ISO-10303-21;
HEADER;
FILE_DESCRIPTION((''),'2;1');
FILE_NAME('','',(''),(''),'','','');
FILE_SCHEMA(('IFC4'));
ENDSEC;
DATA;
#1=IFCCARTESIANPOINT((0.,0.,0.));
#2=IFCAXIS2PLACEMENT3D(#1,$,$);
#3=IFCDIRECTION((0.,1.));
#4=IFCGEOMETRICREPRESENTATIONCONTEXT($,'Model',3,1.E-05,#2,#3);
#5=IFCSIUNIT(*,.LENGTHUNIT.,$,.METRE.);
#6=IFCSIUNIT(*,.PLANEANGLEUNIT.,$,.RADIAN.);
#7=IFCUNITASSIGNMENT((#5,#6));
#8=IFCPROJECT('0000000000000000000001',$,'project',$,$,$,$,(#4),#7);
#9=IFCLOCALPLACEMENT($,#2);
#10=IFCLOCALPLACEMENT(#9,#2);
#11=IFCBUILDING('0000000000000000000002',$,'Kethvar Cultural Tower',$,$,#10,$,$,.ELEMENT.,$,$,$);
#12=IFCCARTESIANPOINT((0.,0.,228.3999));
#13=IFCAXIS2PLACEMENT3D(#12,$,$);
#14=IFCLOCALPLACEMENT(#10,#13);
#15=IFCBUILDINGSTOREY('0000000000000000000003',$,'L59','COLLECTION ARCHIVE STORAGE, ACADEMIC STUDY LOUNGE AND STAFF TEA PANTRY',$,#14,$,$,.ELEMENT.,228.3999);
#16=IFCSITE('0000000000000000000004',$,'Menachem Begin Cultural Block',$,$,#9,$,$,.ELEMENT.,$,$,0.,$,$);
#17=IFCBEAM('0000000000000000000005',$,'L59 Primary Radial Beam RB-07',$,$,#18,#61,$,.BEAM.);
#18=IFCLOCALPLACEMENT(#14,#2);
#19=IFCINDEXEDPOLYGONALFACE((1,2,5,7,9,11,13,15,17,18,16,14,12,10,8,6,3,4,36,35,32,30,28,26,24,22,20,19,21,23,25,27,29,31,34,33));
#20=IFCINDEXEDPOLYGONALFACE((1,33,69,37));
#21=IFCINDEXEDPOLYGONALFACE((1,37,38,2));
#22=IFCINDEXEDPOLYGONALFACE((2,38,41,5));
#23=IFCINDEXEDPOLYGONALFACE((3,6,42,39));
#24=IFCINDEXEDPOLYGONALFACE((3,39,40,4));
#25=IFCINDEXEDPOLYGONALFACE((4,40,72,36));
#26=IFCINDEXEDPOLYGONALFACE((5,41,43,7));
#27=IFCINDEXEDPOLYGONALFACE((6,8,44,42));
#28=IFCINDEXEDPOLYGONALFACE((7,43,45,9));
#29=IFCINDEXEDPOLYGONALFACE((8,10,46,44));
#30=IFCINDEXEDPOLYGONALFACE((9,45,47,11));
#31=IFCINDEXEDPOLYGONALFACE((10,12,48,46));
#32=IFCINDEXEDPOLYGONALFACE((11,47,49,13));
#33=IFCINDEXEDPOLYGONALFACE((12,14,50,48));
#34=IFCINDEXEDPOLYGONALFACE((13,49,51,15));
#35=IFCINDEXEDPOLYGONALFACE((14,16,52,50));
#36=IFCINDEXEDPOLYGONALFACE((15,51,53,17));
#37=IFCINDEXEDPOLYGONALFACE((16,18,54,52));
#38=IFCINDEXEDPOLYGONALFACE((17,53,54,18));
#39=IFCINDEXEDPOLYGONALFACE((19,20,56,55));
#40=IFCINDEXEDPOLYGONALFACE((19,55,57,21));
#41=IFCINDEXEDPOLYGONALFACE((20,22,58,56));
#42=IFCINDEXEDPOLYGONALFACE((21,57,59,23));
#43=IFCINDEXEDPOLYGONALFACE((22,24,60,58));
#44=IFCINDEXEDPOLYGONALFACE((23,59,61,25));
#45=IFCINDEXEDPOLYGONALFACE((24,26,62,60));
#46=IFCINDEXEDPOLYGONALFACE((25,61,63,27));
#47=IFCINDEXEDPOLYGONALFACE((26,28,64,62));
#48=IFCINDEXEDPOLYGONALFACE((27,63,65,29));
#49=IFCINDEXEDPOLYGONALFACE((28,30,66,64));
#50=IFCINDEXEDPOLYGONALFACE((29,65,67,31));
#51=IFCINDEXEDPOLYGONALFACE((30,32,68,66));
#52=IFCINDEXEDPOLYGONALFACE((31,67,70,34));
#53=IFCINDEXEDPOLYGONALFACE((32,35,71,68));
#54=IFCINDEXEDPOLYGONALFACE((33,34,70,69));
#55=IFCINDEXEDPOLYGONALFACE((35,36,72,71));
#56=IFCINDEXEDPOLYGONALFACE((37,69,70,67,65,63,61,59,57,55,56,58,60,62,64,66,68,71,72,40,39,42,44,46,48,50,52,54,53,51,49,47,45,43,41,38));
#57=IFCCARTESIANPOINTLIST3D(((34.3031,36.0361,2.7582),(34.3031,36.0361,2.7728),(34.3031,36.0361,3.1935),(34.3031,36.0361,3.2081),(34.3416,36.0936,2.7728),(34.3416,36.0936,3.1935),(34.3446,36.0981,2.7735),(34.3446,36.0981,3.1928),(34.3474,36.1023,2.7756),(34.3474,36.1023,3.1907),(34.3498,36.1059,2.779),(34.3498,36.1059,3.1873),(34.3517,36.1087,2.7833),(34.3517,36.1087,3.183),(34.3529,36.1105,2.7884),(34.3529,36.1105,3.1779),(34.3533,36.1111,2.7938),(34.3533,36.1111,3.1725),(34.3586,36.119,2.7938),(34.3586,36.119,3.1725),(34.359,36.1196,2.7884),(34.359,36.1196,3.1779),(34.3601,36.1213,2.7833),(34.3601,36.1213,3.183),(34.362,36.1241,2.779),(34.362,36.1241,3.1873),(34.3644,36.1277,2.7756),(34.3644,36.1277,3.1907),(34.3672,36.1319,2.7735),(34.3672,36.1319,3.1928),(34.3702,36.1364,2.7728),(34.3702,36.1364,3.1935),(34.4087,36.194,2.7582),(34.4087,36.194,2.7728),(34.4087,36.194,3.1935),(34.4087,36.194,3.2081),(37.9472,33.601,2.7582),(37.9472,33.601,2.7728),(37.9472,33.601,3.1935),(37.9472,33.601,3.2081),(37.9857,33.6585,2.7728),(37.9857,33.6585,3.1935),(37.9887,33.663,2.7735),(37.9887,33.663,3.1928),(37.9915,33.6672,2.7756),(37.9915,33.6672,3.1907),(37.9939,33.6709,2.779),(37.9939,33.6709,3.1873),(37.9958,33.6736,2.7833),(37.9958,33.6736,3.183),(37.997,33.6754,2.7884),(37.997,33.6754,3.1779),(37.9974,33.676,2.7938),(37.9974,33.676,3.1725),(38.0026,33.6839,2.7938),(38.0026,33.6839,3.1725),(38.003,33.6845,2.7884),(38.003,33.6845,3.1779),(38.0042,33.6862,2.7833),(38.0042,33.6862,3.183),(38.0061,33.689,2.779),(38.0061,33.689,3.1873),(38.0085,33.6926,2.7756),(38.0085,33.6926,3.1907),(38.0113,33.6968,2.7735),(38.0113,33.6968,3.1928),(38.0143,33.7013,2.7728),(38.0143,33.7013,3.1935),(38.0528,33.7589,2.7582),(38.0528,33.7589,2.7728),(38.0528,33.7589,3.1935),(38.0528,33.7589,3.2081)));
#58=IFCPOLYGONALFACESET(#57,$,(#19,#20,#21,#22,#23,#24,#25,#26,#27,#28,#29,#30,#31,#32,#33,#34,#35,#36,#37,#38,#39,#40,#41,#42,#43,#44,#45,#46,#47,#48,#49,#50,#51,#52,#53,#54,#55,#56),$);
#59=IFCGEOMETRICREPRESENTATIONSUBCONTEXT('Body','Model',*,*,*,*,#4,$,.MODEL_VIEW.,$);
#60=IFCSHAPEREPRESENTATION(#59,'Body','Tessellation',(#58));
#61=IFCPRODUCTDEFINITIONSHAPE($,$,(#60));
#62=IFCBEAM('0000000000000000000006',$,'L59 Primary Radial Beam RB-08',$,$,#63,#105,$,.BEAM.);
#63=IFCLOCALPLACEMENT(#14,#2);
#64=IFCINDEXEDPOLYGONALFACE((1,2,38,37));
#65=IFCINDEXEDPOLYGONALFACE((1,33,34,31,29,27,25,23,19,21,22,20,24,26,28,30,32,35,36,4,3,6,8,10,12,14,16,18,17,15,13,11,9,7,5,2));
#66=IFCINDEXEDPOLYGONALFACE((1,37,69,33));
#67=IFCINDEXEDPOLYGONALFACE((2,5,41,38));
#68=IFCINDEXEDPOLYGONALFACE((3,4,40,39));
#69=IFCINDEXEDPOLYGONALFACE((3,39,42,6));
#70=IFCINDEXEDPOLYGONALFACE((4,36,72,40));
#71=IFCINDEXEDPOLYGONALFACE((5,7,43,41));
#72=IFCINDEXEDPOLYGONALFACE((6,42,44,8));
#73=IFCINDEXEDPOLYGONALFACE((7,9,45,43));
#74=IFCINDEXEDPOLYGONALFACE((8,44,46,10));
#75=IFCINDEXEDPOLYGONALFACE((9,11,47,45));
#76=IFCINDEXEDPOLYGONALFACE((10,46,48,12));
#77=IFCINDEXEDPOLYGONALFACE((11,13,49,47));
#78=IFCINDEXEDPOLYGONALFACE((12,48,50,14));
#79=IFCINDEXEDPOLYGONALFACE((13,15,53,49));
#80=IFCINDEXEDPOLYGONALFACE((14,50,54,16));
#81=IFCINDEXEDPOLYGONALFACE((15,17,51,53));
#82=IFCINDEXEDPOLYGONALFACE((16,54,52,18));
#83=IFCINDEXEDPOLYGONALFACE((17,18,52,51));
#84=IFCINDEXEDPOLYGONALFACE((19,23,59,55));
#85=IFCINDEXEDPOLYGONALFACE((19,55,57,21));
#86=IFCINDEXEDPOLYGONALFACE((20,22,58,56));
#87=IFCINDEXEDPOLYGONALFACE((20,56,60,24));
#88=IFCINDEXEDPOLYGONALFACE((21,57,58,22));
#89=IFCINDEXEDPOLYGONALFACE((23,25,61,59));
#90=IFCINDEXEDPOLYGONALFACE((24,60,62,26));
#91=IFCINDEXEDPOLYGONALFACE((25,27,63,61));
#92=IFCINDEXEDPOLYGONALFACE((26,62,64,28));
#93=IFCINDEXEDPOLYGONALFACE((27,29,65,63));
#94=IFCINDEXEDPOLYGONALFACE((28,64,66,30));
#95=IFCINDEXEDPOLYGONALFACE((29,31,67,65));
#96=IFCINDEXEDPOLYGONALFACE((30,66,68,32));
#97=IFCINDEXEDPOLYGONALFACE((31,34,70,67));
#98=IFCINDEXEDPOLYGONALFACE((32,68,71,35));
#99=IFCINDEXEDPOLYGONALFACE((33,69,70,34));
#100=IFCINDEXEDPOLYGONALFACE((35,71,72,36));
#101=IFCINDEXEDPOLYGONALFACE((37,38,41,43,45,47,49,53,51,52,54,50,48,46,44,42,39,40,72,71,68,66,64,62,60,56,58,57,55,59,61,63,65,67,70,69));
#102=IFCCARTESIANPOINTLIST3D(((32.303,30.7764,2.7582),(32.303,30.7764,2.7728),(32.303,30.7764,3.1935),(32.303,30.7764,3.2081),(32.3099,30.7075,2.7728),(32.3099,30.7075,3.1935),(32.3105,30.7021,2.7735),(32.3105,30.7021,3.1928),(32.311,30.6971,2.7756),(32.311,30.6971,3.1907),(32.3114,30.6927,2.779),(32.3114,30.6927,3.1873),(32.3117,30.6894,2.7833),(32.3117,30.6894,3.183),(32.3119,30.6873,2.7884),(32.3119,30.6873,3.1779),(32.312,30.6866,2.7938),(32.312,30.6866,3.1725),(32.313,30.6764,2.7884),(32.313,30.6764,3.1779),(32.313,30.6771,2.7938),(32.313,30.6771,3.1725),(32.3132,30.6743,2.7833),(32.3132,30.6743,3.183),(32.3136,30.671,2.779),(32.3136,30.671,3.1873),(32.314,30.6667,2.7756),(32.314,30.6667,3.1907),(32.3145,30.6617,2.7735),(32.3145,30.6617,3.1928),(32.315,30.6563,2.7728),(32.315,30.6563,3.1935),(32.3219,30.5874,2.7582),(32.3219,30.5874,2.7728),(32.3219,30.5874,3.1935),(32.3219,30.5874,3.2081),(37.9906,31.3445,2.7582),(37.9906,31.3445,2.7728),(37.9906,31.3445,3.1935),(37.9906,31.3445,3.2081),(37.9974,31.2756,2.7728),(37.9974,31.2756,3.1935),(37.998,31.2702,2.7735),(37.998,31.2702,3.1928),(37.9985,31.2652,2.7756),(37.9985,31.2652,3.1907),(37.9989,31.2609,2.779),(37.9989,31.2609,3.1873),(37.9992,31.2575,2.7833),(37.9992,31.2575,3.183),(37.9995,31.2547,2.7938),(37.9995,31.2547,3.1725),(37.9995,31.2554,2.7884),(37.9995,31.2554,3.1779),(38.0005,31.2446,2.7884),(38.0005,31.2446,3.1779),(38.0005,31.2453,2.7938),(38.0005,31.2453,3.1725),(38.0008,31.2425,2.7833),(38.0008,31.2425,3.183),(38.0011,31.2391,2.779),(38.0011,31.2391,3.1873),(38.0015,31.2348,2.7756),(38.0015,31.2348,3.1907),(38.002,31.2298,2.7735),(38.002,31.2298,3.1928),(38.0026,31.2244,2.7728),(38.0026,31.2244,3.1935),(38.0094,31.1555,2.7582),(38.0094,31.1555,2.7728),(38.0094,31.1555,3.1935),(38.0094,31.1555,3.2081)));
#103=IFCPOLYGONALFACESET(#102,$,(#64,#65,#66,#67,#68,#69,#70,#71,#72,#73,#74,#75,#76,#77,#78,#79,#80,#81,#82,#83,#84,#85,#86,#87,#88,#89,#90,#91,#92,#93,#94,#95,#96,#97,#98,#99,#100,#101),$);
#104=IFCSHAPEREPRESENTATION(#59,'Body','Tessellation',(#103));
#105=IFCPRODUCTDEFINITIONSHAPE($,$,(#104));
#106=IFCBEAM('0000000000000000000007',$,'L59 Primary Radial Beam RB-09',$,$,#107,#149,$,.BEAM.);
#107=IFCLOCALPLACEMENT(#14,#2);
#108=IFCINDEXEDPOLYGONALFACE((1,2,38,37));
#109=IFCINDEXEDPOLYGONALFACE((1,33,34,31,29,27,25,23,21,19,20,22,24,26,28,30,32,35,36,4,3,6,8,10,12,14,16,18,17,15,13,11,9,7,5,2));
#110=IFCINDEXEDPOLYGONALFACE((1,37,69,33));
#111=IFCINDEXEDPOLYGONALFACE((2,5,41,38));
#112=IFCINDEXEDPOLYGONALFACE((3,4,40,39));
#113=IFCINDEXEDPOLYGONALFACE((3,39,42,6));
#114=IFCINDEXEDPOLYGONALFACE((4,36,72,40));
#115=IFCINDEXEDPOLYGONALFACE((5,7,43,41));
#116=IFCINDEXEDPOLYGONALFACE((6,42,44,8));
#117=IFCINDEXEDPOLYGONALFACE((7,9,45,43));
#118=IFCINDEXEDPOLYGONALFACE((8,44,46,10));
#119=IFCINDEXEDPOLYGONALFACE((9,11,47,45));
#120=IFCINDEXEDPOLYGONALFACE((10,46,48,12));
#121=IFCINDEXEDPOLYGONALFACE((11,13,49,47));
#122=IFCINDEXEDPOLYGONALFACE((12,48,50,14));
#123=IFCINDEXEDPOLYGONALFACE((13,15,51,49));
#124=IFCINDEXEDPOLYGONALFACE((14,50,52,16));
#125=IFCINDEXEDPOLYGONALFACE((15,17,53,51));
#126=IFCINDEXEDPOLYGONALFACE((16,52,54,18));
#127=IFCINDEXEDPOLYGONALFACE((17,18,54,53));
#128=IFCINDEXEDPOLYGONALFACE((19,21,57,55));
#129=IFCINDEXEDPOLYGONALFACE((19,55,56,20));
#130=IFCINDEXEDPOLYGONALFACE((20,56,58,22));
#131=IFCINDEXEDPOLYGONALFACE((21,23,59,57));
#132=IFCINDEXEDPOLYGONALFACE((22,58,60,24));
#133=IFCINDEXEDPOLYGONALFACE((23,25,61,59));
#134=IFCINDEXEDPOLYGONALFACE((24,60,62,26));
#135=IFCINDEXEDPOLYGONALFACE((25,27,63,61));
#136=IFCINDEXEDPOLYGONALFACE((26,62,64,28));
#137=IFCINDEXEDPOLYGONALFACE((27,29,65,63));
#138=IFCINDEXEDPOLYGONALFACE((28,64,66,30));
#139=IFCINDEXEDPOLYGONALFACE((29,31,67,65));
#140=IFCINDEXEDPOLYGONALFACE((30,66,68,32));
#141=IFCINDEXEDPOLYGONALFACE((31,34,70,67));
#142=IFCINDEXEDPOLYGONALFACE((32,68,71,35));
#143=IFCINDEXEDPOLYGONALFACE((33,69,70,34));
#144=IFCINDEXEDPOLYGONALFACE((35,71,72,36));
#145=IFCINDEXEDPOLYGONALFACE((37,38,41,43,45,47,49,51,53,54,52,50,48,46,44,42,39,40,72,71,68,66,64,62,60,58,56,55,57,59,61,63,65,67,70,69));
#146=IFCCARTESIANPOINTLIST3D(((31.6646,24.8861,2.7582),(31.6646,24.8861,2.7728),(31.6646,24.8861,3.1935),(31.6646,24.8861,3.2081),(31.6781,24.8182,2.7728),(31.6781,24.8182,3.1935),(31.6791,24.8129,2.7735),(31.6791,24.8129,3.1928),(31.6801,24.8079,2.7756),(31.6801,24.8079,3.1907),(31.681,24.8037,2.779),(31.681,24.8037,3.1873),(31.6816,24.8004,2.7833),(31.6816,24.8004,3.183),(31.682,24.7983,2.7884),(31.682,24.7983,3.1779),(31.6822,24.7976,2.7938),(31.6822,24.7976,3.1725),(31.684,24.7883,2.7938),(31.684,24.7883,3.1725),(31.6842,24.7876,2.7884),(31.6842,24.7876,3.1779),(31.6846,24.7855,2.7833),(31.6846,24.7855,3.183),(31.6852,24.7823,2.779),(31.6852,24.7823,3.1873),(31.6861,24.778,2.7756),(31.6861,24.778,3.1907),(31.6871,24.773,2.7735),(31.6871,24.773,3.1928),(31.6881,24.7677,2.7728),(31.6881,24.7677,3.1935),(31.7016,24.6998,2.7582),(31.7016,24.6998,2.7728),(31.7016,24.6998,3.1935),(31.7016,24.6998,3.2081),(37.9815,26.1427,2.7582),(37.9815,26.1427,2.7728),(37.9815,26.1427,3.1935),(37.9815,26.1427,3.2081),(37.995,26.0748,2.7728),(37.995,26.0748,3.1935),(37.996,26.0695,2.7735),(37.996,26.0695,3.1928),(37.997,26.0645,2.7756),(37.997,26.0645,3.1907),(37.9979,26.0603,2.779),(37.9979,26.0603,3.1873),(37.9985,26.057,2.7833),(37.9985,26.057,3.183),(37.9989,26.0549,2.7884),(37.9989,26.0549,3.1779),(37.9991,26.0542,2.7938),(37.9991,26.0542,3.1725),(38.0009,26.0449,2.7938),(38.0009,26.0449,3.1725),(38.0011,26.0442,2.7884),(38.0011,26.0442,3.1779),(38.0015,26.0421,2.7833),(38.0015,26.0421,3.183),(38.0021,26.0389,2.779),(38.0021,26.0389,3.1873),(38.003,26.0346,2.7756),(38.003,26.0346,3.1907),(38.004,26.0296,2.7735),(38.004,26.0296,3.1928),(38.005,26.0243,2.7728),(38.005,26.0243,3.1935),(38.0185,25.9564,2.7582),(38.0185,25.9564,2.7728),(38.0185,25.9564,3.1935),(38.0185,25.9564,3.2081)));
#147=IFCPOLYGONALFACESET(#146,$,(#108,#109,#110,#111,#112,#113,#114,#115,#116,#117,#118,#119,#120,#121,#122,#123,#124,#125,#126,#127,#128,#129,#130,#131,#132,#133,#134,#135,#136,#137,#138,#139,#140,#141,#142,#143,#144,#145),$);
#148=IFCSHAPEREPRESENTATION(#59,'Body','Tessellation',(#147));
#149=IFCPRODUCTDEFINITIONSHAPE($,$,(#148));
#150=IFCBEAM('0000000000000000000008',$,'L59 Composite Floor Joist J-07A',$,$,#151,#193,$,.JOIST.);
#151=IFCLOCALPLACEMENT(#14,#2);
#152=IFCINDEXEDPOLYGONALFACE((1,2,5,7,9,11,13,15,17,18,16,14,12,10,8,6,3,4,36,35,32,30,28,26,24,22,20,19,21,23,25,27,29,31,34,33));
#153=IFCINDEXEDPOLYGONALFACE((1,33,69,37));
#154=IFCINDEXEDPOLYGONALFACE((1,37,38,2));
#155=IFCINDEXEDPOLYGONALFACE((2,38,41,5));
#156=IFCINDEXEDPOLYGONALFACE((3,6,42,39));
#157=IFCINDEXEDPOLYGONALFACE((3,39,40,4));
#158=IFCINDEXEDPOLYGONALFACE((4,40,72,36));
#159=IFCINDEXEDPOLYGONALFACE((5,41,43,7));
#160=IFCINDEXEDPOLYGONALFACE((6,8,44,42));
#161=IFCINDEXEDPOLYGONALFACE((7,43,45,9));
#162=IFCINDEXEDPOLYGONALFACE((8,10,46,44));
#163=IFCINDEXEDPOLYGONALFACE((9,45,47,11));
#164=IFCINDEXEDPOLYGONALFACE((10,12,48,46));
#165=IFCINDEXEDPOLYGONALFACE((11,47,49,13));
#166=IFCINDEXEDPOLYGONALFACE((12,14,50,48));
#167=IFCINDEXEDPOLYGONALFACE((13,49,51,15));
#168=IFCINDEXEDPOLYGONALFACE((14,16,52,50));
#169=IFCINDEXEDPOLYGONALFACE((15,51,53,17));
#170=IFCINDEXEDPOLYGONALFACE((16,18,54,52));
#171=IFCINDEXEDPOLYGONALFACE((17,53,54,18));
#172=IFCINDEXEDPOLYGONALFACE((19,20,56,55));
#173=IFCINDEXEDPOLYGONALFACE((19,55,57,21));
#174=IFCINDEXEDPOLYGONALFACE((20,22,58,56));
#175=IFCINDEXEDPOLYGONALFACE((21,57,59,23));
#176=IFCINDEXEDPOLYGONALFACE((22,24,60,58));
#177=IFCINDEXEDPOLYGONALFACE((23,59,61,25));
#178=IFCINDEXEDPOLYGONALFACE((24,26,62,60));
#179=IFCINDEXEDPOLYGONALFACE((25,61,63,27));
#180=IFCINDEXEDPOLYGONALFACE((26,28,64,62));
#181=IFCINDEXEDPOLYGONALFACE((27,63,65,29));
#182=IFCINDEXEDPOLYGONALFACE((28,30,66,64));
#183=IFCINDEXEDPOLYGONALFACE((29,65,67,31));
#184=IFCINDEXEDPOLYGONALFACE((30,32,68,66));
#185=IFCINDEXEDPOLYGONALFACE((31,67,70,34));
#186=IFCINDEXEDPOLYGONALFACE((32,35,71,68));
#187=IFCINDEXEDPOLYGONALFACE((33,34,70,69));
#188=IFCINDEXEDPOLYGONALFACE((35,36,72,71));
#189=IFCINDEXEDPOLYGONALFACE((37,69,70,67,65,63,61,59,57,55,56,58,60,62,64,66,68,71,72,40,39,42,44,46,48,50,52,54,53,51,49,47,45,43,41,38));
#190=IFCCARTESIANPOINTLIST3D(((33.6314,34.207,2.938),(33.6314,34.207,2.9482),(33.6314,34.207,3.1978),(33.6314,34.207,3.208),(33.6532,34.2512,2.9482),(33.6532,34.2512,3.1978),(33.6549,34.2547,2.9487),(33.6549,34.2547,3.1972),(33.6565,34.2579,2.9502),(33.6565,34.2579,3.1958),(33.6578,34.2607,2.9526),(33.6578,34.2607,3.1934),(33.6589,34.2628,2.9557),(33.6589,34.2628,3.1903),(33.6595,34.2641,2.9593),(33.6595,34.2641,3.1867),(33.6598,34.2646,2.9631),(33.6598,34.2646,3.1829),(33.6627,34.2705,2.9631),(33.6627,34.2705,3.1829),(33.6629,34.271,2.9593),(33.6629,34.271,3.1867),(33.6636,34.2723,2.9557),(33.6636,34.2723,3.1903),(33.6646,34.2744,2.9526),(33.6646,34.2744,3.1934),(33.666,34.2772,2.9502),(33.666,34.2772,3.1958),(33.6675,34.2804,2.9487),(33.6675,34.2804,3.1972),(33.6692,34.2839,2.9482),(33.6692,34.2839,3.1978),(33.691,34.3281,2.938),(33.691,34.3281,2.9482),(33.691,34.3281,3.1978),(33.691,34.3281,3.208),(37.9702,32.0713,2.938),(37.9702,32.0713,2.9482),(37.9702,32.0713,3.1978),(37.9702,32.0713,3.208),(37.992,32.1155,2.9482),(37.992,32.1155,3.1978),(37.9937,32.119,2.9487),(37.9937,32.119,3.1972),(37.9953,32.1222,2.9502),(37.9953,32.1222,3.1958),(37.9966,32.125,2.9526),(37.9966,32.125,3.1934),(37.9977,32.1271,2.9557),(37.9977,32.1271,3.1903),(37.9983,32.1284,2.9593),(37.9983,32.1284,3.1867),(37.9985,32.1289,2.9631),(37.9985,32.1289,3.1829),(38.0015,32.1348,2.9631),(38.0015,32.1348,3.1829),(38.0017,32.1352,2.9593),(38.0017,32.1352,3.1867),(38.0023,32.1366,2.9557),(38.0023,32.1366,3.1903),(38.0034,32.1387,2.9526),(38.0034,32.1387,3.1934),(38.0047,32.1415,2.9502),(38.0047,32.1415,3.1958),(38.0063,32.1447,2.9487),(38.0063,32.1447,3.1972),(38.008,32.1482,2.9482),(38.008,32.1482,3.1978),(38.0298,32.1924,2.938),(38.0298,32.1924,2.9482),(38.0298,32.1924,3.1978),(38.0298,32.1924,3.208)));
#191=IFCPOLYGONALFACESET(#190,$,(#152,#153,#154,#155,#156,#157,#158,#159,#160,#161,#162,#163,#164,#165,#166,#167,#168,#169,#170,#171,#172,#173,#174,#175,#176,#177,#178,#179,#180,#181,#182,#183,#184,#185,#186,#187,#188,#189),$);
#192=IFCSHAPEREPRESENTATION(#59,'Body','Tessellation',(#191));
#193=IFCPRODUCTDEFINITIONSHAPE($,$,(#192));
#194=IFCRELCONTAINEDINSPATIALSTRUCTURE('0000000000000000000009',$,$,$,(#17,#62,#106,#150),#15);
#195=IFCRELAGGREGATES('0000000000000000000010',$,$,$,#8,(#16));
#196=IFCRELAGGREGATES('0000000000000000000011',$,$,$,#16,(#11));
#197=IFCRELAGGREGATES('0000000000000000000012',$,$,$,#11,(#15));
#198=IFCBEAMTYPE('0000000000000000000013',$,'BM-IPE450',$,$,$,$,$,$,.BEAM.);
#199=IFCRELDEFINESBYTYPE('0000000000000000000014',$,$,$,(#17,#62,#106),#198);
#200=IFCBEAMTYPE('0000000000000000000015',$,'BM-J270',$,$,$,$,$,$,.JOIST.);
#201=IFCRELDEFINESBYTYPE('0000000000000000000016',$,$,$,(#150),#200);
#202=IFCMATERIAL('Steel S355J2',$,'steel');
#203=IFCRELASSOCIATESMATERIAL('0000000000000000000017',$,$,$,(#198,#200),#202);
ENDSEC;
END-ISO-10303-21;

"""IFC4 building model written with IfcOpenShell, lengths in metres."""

from ifc_helpers import new_model, si_unit, direction, frame, origin, origin_2d, place, context, subcontext, project, spatial, i_section, extrude, source, transform, mapped, material, material_profile, profile_set, type_object, element, save


model = new_model("IFC4")

# Units and contexts
model_context = context("Model", 3, precision=1e-05, world=origin(), true_north=direction((0.0, 1.0)))
body_context = subcontext(model_context, "Body", "Model", "MODEL_VIEW")
ifc_project = project(units=[si_unit("LENGTHUNIT", "METRE"), si_unit("PLANEANGLEUNIT", "RADIAN")], contexts=[model_context])

# Site, building, storey
site_placement = place(None, origin())
site = spatial("IfcSite", under=ifc_project, at=site_placement, Name="Menachem Begin Cultural Block", CompositionType="ELEMENT", RefElevation=0.0)
building_placement = place(site_placement, origin())
building = spatial("IfcBuilding", under=site, at=building_placement, Name="Kethvar Cultural Tower", CompositionType="ELEMENT")
storey_placement = place(building_placement, frame((0.0, 0.0, 228.3999)))
storey = spatial("IfcBuildingStorey", under=building, at=storey_placement, Name="L59", Description="COLLECTION ARCHIVE STORAGE, ACADEMIC STUDY LOUNGE AND STAFF TEA PANTRY", CompositionType="ELEMENT", Elevation=228.3999)

# Beams
ifc_material_1 = material(Name="Steel S355J2", Category="steel")
ifc_material_profile_1 = material_profile(ifc_material_1, i_section(OverallWidth=0.1899, OverallDepth=0.45, WebThickness=0.0095, FlangeThickness=0.0146, FilletRadius=0.021, at=origin_2d()), Name="Steel S355J2 — IPE450")
ifc_profile_set_1 = profile_set([ifc_material_profile_1], Name="Steel S355J2 — IPE450")
beam_type_1 = type_object("IfcBeamType", Name="BM-IPE450", PredefinedType="BEAM", material=ifc_profile_set_1)
shared_shape_1 = source(origin(), body_context, "Body", "SweptSolid", [
    extrude(i_section(OverallWidth=0.1899, OverallDepth=0.45, WebThickness=0.0095, FlangeThickness=0.0146, FilletRadius=0.021, at=origin_2d()), origin(), (0.0, 0.0, 1.0), 4.3828),
])
beam_1_placement = place(storey_placement, frame((38.0, 33.6799, 2.9832), z_axis=(-0.83145, 0.5556, 0.0), x_axis=(-0.5556, -0.83145, 0.0)))
element("IfcBeam", 1, at=beam_1_placement, inside=storey, type_object=beam_type_1, Name="L59 Primary Radial Beam RB-07", PredefinedType="BEAM", context=body_context, shape_type="MappedRepresentation", body=[
    mapped(shared_shape_1, transform((0.0, 0.0, 0.0), scale=1.0)),
])
shared_shape_2 = source(origin(), body_context, "Body", "SweptSolid", [
    extrude(i_section(OverallWidth=0.1899, OverallDepth=0.45, WebThickness=0.0095, FlangeThickness=0.0146, FilletRadius=0.021, at=origin_2d()), origin(), (0.0, 0.0, 1.0), 5.7158),
])
beam_2_placement = place(storey_placement, frame((38.0, 31.25, 2.9832), z_axis=(-0.995048, -0.099394, 0.0), x_axis=(0.099394, -0.995048, 0.0)))
element("IfcBeam", 2, at=beam_2_placement, inside=storey, type_object=beam_type_1, Name="L59 Primary Radial Beam RB-08", PredefinedType="BEAM", context=body_context, shape_type="MappedRepresentation", body=[
    mapped(shared_shape_2, transform((0.0, 0.0, 0.0), scale=1.0)),
])
shared_shape_3 = source(origin(), body_context, "Body", "SweptSolid", [
    extrude(i_section(OverallWidth=0.1899, OverallDepth=0.45, WebThickness=0.0095, FlangeThickness=0.0146, FilletRadius=0.021, at=origin_2d()), origin(), (0.0, 0.0, 1.0), 6.4407),
])
beam_3_placement = place(storey_placement, frame((38.0, 26.0496, 2.9832), z_axis=(-0.980783, -0.195103, 0.0), x_axis=(0.195103, -0.980783, 0.0)))
element("IfcBeam", 3, at=beam_3_placement, inside=storey, type_object=beam_type_1, Name="L59 Primary Radial Beam RB-09", PredefinedType="BEAM", context=body_context, shape_type="MappedRepresentation", body=[
    mapped(shared_shape_3, transform((0.0, 0.0, 0.0), scale=1.0)),
])
ifc_material_profile_2 = material_profile(ifc_material_1, i_section(OverallWidth=0.135, OverallDepth=0.27, WebThickness=0.0066, FlangeThickness=0.0103, FilletRadius=0.0149, at=origin_2d()), Name="Steel S355J2 — IPE270")
ifc_profile_set_2 = profile_set([ifc_material_profile_2], Name="Steel S355J2 — IPE270")
beam_type_2 = type_object("IfcBeamType", Name="BM-J270", PredefinedType="JOIST", material=ifc_profile_set_2)
shared_shape_4 = source(origin(), body_context, "Body", "SweptSolid", [
    extrude(i_section(OverallWidth=0.135, OverallDepth=0.27, WebThickness=0.0066, FlangeThickness=0.0103, FilletRadius=0.0149, at=origin_2d()), origin(), (0.0, 0.0, 1.0), 4.8359),
])
beam_4_placement = place(storey_placement, frame((38.0, 32.1318, 3.073), z_axis=(-0.897197, 0.441632, 0.0), x_axis=(-0.441632, -0.897197, 0.0)))
element("IfcBeam", 4, at=beam_4_placement, inside=storey, type_object=beam_type_2, Name="L59 Composite Floor Joist J-07A", PredefinedType="JOIST", context=body_context, shape_type="MappedRepresentation", body=[
    mapped(shared_shape_4, transform((0.0, 0.0, 0.0), scale=1.0)),
])

save(model, "model.ifc")
